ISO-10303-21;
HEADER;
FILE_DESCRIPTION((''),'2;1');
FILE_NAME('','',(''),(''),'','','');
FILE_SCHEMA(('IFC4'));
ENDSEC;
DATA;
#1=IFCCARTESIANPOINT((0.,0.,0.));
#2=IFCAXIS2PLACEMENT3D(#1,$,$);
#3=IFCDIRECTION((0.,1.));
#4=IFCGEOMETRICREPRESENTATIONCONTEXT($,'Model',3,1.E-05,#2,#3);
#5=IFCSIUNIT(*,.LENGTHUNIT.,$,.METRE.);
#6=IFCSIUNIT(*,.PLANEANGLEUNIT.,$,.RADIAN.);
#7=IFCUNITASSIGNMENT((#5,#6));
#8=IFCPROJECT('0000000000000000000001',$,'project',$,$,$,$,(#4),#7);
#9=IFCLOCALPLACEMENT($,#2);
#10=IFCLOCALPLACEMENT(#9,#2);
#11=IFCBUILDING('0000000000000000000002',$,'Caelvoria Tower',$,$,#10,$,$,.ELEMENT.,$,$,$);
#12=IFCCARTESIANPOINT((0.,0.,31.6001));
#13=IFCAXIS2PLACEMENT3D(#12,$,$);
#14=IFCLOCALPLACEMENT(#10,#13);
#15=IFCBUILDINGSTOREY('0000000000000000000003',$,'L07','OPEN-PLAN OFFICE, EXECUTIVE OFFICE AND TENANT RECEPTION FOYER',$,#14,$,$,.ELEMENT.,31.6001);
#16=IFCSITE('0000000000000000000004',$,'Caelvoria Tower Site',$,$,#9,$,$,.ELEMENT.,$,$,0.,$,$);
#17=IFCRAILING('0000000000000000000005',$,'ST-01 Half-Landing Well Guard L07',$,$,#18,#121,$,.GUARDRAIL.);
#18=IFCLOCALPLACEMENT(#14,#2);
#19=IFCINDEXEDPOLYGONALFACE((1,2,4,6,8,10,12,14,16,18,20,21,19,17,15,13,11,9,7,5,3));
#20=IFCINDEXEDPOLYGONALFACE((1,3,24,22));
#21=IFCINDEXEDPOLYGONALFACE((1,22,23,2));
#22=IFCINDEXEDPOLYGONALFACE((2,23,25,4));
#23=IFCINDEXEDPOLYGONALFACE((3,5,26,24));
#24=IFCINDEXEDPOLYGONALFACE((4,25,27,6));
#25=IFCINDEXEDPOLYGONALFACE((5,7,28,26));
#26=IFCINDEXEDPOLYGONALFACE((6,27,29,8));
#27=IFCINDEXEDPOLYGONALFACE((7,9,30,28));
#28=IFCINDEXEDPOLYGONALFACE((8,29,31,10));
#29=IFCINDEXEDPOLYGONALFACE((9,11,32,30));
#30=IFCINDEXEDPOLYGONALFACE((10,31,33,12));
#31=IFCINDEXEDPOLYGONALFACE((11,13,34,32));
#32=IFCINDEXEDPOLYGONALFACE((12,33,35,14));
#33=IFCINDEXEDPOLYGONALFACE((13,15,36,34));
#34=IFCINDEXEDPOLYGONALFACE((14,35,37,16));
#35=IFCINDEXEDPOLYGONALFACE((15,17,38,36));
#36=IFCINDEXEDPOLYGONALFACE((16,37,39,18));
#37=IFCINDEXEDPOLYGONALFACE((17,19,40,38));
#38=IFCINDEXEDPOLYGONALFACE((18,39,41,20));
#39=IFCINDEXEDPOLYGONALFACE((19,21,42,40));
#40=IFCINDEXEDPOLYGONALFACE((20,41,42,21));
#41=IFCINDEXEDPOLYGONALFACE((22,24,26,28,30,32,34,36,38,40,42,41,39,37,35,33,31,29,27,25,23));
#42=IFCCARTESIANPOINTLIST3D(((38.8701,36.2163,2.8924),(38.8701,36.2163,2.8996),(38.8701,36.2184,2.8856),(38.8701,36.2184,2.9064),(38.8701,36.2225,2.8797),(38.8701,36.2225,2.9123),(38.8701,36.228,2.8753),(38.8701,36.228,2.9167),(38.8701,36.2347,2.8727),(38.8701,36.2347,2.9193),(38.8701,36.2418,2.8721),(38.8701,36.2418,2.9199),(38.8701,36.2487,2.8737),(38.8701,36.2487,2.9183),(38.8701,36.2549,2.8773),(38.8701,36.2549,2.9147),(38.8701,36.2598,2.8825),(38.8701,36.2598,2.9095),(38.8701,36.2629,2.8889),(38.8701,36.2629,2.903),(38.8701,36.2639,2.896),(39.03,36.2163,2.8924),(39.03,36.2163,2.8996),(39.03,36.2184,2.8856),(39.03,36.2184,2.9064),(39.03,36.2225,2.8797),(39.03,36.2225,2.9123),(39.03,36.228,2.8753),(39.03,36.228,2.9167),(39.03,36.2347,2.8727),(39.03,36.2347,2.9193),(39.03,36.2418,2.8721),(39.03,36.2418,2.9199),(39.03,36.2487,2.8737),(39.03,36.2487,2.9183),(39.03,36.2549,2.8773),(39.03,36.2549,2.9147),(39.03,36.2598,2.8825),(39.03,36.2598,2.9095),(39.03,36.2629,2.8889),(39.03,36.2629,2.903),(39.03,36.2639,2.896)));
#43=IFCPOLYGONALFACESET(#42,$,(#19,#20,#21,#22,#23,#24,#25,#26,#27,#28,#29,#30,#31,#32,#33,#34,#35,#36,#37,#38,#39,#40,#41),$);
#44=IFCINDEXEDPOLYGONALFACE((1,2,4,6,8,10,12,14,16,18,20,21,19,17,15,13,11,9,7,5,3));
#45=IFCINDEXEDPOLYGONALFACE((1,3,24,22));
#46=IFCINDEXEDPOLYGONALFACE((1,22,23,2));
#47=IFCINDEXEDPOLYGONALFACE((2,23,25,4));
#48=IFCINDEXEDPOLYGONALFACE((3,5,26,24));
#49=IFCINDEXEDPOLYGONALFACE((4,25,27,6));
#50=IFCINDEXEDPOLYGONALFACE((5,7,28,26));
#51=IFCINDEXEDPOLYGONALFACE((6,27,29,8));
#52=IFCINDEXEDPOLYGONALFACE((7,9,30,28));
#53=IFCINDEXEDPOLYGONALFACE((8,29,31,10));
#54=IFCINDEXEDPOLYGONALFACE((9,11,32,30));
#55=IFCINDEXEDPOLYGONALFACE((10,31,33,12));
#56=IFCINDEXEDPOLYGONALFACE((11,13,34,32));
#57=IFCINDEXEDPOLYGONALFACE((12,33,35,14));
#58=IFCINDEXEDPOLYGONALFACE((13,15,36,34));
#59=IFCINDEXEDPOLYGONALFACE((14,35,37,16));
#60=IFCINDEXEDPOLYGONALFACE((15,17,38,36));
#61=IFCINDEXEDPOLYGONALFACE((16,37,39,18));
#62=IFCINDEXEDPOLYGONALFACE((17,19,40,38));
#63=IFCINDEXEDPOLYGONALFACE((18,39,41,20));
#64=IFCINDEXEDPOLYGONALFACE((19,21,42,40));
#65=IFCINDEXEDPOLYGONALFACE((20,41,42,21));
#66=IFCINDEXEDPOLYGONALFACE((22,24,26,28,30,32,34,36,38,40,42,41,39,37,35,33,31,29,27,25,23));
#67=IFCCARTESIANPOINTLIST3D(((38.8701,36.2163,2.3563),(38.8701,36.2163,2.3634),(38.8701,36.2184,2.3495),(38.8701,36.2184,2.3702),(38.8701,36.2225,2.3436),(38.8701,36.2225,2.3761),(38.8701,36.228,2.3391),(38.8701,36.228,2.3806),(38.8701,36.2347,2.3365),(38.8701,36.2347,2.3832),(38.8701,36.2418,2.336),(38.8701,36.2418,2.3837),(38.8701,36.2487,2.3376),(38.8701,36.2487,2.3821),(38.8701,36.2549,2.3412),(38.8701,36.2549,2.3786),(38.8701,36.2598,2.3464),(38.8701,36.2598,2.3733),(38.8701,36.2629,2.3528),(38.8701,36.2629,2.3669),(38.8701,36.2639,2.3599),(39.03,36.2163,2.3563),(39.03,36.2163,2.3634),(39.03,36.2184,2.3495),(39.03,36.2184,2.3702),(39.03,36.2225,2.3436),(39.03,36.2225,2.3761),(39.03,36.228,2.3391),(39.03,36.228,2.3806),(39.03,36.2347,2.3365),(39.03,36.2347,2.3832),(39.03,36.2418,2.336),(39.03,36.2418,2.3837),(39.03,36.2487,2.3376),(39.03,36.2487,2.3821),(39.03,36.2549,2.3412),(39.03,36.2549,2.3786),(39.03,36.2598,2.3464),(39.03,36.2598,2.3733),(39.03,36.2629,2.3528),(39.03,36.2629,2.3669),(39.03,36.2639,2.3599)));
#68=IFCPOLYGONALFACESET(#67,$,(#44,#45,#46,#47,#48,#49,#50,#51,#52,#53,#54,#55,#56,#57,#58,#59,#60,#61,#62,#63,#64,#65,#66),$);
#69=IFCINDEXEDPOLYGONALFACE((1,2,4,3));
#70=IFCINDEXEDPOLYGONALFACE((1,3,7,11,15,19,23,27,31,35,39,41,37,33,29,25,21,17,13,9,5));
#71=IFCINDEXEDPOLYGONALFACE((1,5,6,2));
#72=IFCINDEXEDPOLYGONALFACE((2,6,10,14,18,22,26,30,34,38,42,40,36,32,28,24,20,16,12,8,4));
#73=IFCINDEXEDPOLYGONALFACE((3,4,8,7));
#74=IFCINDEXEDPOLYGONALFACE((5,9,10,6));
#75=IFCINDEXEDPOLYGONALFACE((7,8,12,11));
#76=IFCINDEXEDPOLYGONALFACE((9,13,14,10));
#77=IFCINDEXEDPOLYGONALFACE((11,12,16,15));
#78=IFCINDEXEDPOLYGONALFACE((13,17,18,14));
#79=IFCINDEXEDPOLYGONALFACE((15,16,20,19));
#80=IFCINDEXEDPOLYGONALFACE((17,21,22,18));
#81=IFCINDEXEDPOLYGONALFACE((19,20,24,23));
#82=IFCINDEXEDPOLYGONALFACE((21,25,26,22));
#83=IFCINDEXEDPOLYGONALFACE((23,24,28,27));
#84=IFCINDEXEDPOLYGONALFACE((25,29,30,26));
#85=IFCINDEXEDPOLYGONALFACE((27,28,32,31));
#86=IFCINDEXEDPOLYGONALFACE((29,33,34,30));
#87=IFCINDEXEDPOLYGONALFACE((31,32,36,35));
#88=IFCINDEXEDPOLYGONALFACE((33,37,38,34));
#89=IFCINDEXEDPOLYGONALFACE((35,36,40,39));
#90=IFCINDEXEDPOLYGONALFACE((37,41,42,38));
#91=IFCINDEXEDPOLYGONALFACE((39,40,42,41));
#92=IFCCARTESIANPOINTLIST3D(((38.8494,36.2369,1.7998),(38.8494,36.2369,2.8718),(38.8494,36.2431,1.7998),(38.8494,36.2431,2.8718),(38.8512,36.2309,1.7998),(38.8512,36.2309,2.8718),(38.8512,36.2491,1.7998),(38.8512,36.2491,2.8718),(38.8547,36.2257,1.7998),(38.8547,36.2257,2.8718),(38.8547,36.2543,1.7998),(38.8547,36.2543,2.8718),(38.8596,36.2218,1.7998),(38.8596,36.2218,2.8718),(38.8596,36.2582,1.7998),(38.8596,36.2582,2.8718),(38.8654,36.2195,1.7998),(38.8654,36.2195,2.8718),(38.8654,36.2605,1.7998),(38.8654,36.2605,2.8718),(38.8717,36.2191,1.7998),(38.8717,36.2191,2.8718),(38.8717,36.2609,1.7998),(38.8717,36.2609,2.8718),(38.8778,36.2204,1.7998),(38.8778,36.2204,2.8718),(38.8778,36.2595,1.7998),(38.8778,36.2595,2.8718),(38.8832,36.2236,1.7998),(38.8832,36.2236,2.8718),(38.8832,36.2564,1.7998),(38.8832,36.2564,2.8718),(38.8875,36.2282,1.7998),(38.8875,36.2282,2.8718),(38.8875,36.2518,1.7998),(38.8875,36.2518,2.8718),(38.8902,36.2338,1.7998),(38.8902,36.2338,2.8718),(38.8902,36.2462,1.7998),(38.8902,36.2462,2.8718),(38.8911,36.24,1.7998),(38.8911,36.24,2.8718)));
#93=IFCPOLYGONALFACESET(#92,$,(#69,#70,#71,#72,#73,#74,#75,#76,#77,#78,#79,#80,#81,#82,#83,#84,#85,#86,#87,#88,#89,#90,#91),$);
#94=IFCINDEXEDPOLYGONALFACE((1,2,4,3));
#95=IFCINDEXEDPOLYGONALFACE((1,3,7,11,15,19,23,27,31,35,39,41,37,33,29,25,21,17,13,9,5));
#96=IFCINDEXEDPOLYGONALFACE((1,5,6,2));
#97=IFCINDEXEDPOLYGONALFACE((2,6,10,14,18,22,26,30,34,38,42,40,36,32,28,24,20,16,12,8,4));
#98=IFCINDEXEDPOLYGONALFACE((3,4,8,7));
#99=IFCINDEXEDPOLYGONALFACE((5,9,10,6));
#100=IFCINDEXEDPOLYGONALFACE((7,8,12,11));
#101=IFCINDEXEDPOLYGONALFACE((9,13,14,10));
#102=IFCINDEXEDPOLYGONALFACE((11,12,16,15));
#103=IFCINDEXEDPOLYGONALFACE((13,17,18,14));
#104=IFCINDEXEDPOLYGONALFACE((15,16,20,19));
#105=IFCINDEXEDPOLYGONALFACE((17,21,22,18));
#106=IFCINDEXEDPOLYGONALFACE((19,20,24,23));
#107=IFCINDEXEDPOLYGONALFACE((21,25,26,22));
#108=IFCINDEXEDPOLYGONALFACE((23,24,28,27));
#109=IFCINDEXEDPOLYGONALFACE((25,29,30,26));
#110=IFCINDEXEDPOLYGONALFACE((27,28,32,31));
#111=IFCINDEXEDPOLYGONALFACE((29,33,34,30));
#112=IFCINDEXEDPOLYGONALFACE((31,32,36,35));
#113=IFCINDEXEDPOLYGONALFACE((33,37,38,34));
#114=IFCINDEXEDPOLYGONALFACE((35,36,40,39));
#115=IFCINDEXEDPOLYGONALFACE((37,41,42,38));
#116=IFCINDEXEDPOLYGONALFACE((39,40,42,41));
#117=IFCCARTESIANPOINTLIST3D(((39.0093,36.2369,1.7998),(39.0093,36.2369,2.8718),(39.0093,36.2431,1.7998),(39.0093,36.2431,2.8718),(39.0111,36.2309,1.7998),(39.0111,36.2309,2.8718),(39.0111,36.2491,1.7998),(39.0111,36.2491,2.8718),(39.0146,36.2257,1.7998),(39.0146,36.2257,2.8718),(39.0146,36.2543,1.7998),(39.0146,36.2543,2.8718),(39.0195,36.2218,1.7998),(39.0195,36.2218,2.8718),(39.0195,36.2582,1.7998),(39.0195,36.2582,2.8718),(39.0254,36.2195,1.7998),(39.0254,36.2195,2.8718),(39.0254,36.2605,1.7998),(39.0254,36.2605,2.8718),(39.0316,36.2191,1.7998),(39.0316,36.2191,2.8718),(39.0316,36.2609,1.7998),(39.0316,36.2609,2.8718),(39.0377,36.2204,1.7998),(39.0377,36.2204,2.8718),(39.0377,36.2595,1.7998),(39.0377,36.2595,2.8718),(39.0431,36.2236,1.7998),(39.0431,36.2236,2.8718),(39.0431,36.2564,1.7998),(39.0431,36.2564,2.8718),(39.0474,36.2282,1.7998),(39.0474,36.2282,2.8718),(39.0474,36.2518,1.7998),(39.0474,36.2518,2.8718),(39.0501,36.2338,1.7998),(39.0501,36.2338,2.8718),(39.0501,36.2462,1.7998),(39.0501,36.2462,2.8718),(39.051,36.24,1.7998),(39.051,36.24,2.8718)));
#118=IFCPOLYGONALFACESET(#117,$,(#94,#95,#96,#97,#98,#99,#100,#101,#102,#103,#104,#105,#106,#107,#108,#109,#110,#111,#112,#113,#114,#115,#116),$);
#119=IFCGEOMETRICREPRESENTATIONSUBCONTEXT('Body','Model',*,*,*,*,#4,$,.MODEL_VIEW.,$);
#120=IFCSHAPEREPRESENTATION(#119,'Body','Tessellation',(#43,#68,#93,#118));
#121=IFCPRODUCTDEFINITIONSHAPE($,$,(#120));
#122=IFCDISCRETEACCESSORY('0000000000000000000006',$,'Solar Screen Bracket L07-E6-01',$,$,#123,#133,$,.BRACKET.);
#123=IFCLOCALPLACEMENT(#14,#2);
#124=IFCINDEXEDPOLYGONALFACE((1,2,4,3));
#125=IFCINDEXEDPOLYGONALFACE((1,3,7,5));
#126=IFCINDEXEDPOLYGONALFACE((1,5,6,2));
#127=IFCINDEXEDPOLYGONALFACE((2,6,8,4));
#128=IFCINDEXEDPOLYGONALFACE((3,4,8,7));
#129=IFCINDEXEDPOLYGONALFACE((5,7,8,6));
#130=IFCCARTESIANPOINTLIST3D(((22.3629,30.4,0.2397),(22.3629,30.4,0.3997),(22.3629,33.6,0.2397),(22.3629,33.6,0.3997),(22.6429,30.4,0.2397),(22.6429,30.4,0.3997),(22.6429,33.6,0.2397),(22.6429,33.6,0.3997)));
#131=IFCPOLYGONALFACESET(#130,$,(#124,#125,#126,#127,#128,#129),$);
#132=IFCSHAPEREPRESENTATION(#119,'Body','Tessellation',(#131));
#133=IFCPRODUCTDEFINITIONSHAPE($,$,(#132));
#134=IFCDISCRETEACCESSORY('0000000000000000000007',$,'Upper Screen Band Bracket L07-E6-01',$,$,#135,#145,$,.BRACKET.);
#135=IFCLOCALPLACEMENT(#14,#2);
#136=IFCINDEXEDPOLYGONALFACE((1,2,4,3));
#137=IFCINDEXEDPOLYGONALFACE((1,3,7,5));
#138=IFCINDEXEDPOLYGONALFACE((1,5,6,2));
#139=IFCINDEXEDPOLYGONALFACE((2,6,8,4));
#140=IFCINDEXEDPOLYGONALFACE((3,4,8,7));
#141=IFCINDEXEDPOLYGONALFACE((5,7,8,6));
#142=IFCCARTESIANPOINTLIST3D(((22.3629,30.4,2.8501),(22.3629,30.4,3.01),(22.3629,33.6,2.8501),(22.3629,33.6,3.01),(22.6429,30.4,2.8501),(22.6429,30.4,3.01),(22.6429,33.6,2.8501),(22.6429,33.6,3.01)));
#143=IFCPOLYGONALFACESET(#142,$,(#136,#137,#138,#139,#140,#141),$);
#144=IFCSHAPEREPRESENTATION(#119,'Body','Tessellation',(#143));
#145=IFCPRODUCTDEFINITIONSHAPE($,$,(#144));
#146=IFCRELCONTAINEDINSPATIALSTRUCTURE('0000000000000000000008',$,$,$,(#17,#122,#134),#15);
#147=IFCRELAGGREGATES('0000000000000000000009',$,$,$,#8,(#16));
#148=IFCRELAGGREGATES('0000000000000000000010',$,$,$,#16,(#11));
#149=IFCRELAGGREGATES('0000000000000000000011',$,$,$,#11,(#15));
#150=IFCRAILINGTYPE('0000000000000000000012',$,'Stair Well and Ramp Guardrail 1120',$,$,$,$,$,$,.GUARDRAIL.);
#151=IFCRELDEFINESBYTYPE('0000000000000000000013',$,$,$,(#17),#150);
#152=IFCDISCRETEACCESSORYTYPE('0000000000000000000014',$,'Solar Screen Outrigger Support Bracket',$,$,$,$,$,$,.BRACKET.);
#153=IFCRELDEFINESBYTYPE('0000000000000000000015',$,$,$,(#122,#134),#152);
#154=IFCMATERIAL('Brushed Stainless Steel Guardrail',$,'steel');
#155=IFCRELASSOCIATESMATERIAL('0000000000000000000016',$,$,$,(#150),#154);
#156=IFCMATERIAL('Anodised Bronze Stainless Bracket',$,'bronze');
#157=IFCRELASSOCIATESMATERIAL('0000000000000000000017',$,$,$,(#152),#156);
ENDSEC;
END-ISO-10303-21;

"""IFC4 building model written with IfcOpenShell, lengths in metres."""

from ifc_helpers import new_model, si_unit, direction, frame, origin, origin_2d, place, context, subcontext, project, spatial, rectangle, circle, extrude, material, type_object, element, save


model = new_model("IFC4")

# Units and contexts
model_context = context("Model", 3, precision=1e-05, world=origin(), true_north=direction((0.0, 1.0)))
body_context = subcontext(model_context, "Body", "Model", "MODEL_VIEW")
ifc_project = project(units=[si_unit("LENGTHUNIT", "METRE"), si_unit("PLANEANGLEUNIT", "RADIAN")], contexts=[model_context])

# Site, building, storey
site_placement = place(None, origin())
site = spatial("IfcSite", under=ifc_project, at=site_placement, Name="Caelvoria Tower Site", CompositionType="ELEMENT", RefElevation=0.0)
building_placement = place(site_placement, origin())
building = spatial("IfcBuilding", under=site, at=building_placement, Name="Caelvoria Tower", CompositionType="ELEMENT")
storey_placement = place(building_placement, frame((0.0, 0.0, 31.6001)))
storey = spatial("IfcBuildingStorey", under=building, at=storey_placement, Name="L07", Description="OPEN-PLAN OFFICE, EXECUTIVE OFFICE AND TENANT RECEPTION FOYER", CompositionType="ELEMENT", Elevation=31.6001)

# Railing
ifc_material_1 = material(Name="Brushed Stainless Steel Guardrail", Category="steel")
railing_type_1 = type_object("IfcRailingType", Name="Stair Well and Ramp Guardrail 1120", PredefinedType="GUARDRAIL", material=ifc_material_1)
railing_1_placement = place(storey_placement, frame((38.8701, 36.24, 1.7998)))
element("IfcRailing", 1, at=railing_1_placement, inside=storey, type_object=railing_type_1, Name="ST-01 Half-Landing Well Guard L07", PredefinedType="GUARDRAIL", context=body_context, shape_type="SweptSolid", body=[
    extrude(circle(Radius=0.0239, at=origin_2d()), frame((0.0, 0.0, 1.0962), z_axis=(1.0, 0.0, 0.0), x_axis=(0.0, 1.0, 0.0)), (0.0, 0.0, 1.0), 0.1599),
    extrude(circle(Radius=0.0239, at=origin_2d()), frame((0.0, 0.0, 0.5601), z_axis=(1.0, 0.0, 0.0), x_axis=(0.0, 1.0, 0.0)), (0.0, 0.0, 1.0), 0.1599),
    extrude(circle(Radius=0.021, at=origin_2d()), origin(), (0.0, 0.0, 1.0), 1.072),
    extrude(circle(Radius=0.021, at=origin_2d()), frame((0.1599, 0.0, 0.0)), (0.0, 0.0, 1.0), 1.072),
])

# Discrete accessories
ifc_material_2 = material(Name="Anodised Bronze Stainless Bracket", Category="bronze")
discrete_accessory_type = type_object("IfcDiscreteAccessoryType", Name="Solar Screen Outrigger Support Bracket", PredefinedType="BRACKET", material=ifc_material_2)
for number, where, z_axis, x_axis, name in (
    (2, (22.5029, 32.0, 0.2397), (0.0, 0.0, 1.0), (0.0, -1.0, 0.0), "Solar Screen Bracket L07-E6-01"),
    (3, (22.5029, 32.0, 2.8501), (0.0, 0.0, 1.0), (0.0, -1.0, 0.0), "Upper Screen Band Bracket L07-E6-01"),
):
    element("IfcDiscreteAccessory", number, at=place(storey_placement, frame(where, z_axis=z_axis, x_axis=x_axis)), inside=storey, type_object=discrete_accessory_type, Name=name, PredefinedType="BRACKET", context=body_context, shape_type="SweptSolid", body=[
        extrude(rectangle(XDim=3.2, YDim=0.28, at=origin_2d()), origin(), (0.0, 0.0, 1.0), 0.1599),
    ])

save(model, "model.ifc")
